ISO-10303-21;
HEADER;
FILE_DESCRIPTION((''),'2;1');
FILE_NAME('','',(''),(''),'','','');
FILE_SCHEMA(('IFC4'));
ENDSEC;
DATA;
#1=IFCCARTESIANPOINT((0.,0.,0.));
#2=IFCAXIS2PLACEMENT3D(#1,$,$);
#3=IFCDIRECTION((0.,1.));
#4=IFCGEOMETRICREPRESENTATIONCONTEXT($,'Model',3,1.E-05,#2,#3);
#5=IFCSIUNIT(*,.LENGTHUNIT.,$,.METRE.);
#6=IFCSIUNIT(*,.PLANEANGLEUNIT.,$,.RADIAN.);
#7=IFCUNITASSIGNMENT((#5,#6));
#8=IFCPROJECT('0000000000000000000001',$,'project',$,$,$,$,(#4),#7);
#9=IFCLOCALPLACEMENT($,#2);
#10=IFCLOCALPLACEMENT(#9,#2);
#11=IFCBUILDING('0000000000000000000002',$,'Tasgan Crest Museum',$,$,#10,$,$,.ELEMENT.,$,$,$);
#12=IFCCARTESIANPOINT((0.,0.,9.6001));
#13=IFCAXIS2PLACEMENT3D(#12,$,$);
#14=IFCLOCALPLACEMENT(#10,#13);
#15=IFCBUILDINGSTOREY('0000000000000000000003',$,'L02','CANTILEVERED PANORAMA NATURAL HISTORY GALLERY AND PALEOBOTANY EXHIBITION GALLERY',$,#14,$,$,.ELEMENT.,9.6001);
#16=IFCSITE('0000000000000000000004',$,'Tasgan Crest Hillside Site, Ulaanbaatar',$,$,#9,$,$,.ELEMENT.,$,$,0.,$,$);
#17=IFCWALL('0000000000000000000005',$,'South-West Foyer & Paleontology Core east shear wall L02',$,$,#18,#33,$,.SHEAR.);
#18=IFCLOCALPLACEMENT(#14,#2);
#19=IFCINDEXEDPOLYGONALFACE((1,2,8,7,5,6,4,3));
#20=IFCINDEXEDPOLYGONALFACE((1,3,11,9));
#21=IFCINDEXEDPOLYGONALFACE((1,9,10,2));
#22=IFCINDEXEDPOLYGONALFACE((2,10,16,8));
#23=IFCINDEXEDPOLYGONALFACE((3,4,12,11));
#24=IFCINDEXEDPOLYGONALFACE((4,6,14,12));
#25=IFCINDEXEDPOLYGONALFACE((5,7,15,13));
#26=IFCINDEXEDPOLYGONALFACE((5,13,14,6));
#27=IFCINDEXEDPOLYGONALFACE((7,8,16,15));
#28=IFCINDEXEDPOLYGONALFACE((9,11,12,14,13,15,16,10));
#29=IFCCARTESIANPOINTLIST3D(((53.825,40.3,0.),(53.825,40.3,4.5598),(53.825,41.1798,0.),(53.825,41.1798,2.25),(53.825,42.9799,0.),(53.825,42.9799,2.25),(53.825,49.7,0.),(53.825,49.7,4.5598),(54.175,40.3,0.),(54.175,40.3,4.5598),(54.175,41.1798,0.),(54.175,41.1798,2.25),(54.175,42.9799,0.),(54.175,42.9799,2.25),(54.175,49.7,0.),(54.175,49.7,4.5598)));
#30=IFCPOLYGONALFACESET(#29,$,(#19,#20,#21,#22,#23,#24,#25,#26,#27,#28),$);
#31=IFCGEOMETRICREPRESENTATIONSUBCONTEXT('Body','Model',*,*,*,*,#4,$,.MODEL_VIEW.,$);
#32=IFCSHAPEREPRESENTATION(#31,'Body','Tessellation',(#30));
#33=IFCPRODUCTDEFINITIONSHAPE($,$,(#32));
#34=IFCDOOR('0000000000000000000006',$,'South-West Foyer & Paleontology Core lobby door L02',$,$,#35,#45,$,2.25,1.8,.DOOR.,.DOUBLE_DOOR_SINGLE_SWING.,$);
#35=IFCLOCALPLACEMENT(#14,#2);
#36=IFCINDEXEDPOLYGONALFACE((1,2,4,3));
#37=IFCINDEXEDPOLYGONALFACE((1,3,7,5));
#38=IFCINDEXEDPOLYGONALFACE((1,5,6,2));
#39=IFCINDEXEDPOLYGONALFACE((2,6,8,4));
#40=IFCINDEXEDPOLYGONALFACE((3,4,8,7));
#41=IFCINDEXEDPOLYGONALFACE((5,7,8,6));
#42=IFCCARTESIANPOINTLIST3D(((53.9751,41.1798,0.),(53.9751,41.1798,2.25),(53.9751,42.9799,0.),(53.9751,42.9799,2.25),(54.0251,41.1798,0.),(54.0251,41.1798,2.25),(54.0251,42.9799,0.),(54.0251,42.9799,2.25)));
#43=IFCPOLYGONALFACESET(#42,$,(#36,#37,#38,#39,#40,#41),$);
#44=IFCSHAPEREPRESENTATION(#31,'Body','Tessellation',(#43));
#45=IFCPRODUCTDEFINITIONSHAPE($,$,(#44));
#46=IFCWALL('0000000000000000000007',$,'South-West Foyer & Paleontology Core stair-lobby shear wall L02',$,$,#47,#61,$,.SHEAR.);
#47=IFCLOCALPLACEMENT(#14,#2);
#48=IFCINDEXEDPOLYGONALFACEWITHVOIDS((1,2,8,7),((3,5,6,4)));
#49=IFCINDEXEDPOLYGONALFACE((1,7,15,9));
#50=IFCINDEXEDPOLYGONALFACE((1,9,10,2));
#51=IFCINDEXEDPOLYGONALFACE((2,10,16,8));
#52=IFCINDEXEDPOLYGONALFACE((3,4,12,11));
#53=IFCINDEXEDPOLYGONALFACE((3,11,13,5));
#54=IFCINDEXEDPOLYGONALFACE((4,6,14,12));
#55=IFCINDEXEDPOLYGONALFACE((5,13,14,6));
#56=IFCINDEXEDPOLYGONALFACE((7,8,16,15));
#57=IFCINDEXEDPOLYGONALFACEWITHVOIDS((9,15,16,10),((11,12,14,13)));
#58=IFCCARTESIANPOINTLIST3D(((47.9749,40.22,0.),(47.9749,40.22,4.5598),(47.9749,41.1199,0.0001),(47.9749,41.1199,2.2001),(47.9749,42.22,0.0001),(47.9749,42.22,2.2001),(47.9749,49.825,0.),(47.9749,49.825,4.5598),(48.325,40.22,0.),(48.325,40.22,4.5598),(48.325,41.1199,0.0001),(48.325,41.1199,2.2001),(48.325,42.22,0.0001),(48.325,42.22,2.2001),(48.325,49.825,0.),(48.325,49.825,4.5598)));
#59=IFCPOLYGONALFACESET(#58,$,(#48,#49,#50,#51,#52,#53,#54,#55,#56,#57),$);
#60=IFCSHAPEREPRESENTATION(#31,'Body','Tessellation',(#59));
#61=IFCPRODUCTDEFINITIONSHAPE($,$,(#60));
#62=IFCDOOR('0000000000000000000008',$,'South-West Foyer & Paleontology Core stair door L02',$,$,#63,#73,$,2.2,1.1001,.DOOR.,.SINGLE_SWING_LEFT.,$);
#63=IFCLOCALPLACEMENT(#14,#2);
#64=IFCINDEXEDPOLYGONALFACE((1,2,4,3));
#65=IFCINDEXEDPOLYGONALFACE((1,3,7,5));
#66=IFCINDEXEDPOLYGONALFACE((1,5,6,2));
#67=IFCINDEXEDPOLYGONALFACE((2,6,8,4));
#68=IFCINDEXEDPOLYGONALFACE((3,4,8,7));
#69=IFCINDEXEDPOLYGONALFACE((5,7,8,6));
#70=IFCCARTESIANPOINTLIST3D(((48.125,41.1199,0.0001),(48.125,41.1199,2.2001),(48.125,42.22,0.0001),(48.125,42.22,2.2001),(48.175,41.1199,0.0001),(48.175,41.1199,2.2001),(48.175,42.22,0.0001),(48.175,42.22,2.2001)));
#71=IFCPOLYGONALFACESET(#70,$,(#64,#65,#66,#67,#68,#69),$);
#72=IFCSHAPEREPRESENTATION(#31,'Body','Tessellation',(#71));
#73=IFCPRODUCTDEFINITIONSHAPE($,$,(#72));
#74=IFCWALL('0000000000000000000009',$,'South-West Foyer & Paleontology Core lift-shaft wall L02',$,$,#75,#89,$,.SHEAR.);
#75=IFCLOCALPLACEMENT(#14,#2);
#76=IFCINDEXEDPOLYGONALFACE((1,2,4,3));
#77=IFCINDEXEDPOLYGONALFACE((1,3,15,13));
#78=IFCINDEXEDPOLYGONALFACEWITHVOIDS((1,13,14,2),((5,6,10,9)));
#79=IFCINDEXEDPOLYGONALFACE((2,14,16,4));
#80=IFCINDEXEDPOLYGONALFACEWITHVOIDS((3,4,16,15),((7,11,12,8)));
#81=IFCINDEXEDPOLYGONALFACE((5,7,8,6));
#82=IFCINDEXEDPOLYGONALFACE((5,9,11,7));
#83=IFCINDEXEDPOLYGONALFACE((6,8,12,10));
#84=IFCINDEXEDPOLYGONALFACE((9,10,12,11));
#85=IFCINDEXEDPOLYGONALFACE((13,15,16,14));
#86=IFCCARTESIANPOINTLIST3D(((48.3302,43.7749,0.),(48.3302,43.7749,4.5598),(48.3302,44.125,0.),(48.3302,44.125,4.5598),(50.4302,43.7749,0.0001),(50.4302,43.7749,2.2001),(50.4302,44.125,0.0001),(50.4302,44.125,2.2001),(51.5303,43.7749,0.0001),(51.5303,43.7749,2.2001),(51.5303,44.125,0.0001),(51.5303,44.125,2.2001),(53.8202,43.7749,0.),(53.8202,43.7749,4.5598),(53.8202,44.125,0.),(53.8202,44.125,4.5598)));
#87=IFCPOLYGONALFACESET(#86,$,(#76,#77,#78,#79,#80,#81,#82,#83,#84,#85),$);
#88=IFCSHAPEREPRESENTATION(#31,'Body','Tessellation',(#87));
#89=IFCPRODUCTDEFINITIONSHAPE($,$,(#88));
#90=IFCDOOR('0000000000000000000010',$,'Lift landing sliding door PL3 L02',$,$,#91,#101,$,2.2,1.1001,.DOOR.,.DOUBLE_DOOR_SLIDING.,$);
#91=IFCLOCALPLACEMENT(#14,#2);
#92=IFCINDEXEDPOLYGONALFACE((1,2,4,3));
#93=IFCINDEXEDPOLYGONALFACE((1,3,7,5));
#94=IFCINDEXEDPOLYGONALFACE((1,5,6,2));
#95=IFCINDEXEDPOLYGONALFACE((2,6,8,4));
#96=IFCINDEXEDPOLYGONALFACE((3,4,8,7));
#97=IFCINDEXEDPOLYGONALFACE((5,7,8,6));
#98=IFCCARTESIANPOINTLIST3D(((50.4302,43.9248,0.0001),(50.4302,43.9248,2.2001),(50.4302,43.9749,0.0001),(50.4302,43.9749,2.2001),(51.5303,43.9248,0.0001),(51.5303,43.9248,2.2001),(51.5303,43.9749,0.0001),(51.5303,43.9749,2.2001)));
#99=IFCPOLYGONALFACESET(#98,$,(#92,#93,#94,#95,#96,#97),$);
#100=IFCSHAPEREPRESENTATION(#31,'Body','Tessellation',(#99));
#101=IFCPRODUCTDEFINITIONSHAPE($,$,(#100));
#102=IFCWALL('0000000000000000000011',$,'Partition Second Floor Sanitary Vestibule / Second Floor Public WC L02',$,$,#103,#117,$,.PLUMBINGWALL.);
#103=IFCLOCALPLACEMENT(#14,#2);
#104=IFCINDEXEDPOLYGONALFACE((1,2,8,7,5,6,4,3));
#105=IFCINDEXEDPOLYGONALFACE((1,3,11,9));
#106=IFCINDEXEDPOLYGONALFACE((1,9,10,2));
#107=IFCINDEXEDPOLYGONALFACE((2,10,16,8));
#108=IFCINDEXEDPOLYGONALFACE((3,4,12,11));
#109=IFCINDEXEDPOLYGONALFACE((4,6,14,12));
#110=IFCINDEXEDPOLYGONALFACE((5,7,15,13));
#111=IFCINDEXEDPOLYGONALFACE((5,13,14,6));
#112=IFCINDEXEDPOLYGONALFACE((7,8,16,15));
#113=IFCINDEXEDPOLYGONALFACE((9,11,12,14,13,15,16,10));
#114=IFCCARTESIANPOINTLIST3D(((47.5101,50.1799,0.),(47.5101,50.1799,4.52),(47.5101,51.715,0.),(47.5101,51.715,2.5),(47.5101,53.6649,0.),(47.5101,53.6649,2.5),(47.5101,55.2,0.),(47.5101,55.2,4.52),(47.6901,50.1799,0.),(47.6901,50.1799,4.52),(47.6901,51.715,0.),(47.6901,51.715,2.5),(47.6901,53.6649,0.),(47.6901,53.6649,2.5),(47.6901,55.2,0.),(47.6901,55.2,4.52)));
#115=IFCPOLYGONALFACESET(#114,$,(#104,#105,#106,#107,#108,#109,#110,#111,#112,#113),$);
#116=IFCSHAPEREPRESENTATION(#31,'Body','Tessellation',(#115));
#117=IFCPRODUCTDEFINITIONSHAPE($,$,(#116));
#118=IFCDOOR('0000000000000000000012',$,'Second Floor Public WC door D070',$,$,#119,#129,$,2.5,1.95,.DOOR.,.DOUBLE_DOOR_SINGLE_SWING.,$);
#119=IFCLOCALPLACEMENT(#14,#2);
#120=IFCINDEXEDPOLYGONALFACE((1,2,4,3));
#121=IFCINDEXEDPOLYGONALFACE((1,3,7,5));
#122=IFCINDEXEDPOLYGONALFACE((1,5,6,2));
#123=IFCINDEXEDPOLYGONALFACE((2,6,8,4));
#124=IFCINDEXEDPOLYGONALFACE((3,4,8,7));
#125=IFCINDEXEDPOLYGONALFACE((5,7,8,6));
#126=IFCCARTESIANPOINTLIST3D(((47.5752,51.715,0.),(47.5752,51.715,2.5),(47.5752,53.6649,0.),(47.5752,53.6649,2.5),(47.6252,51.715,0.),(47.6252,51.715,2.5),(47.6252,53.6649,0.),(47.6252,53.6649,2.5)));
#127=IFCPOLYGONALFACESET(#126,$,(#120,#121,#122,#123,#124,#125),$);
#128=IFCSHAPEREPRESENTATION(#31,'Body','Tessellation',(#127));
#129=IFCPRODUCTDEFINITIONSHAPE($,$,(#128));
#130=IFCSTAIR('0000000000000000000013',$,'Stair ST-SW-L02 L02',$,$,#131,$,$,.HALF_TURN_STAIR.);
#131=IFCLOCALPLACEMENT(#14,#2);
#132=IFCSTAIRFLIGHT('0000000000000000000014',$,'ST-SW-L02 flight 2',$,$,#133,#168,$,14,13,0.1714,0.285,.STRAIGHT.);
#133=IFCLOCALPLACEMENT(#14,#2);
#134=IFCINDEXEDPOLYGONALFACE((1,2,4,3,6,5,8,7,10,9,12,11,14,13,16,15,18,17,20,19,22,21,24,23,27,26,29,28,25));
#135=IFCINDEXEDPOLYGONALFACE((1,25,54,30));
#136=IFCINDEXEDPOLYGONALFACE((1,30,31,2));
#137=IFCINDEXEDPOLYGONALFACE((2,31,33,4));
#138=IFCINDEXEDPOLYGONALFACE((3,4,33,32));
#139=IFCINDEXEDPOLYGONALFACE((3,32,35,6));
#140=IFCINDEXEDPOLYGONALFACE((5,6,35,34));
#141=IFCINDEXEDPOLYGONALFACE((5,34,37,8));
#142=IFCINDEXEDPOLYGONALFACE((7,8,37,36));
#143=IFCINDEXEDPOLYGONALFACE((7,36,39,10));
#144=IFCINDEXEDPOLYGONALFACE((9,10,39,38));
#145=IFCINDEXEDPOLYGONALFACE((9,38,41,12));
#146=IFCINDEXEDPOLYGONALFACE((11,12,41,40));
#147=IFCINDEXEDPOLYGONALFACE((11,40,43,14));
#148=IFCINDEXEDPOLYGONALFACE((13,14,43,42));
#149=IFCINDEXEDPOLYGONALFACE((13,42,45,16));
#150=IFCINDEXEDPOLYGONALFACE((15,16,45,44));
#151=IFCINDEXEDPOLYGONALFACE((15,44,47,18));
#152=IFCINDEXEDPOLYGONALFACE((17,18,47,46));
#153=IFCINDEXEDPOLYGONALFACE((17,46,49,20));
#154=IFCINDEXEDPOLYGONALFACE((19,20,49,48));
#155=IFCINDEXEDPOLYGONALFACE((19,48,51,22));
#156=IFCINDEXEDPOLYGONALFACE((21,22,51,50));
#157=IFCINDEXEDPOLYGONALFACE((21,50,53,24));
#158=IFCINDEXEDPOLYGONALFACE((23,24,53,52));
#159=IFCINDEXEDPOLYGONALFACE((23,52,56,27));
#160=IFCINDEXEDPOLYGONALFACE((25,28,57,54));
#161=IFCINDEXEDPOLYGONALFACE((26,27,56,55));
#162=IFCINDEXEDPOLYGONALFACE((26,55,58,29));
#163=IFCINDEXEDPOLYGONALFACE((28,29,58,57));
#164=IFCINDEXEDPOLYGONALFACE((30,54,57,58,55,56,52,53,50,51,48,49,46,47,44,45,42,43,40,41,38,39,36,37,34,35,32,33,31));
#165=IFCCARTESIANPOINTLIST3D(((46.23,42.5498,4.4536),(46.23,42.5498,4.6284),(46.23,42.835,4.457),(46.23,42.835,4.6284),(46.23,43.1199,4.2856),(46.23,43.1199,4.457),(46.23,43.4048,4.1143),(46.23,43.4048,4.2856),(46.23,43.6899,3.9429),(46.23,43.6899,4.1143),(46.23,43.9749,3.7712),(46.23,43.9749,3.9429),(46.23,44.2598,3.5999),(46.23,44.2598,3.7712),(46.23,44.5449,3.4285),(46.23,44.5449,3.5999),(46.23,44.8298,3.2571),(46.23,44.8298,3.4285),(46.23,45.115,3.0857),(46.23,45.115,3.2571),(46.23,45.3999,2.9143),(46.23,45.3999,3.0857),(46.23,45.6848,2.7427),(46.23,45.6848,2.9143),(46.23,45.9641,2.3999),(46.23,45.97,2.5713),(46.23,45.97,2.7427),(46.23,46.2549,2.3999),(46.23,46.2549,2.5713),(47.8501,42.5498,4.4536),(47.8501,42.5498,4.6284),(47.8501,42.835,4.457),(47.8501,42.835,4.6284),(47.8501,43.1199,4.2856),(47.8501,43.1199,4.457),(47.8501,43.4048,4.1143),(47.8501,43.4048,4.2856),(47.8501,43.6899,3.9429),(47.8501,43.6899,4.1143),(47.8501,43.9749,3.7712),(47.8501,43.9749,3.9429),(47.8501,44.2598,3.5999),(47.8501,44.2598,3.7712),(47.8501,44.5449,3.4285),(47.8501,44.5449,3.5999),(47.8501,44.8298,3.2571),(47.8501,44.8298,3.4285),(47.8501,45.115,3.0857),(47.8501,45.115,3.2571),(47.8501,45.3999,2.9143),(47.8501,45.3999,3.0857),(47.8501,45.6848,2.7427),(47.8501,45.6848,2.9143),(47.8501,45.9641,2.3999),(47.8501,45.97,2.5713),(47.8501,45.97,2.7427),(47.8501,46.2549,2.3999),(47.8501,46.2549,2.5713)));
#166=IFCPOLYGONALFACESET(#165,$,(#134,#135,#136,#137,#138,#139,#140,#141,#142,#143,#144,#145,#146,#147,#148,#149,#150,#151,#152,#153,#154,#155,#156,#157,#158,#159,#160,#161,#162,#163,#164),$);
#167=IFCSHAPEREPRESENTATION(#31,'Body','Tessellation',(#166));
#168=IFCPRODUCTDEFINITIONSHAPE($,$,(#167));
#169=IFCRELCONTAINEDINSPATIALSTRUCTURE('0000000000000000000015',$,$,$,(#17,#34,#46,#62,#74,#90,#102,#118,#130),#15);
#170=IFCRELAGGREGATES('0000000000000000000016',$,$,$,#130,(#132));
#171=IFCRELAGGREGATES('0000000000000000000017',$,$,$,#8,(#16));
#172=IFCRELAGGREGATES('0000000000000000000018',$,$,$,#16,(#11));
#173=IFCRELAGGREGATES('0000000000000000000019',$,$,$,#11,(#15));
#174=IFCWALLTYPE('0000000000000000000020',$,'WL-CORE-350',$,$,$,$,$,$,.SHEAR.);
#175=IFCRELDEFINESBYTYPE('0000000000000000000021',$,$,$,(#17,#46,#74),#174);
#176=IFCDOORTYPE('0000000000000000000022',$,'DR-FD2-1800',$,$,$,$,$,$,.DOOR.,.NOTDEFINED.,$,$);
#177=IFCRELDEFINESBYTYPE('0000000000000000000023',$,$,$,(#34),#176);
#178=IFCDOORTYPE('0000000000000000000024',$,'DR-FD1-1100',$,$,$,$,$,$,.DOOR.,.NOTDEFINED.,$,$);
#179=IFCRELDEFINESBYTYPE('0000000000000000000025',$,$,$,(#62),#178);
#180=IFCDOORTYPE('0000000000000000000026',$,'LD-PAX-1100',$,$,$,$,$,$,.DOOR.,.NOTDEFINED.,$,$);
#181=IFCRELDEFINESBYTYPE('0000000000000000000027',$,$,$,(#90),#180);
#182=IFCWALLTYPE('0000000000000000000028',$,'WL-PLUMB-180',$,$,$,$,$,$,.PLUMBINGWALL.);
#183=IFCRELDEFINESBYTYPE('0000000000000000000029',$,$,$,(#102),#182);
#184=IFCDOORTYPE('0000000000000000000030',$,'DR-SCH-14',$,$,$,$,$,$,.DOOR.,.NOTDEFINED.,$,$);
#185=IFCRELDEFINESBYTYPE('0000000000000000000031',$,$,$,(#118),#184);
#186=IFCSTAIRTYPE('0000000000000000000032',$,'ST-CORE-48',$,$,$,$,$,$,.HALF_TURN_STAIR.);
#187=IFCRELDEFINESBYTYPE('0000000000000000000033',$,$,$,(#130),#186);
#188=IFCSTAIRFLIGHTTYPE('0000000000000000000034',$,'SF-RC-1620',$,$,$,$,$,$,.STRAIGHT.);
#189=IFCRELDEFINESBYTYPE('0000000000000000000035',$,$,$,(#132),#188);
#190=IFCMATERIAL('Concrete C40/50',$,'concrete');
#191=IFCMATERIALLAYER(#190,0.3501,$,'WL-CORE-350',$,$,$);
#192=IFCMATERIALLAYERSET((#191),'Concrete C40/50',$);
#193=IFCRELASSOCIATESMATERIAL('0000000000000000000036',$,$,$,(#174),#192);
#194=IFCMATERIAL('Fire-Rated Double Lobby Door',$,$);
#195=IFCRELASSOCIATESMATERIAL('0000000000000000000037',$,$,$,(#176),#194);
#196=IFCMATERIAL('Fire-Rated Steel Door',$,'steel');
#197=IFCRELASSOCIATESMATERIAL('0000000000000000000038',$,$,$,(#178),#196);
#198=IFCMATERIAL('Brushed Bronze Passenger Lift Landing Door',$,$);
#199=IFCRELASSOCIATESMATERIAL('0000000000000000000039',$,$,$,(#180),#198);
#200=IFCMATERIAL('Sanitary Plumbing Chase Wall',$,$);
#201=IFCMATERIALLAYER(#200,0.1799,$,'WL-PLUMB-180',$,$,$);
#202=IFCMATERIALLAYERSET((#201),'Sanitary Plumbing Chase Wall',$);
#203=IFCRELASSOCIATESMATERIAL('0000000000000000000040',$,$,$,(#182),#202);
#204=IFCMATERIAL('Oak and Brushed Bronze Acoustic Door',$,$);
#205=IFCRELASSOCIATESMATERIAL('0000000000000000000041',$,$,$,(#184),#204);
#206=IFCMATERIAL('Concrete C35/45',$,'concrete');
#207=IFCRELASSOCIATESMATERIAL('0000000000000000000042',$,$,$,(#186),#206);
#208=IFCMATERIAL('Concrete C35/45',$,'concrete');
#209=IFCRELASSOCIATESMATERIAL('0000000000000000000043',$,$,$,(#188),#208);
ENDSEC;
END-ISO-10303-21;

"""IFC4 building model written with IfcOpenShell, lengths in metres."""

from ifc_helpers import new_model, si_unit, direction, frame, frame_2d, origin, place, context, subcontext, project, spatial, polyline, rectangle, outline, extrude, material, layer, layer_set, type_object, element, fill, aggregate, save


model = new_model("IFC4")

# Units and contexts
model_context = context("Model", 3, precision=1e-05, world=origin(), true_north=direction((0.0, 1.0)))
body_context = subcontext(model_context, "Body", "Model", "MODEL_VIEW")
ifc_project = project(units=[si_unit("LENGTHUNIT", "METRE"), si_unit("PLANEANGLEUNIT", "RADIAN")], contexts=[model_context])

# Site, building, storey
site_placement = place(None, origin())
site = spatial("IfcSite", under=ifc_project, at=site_placement, Name="Tasgan Crest Hillside Site, Ulaanbaatar", CompositionType="ELEMENT", RefElevation=0.0)
building_placement = place(site_placement, origin())
building = spatial("IfcBuilding", under=site, at=building_placement, Name="Tasgan Crest Museum", CompositionType="ELEMENT")
storey_placement = place(building_placement, frame((0.0, 0.0, 9.6001)))
storey = spatial("IfcBuildingStorey", under=building, at=storey_placement, Name="L02", Description="CANTILEVERED PANORAMA NATURAL HISTORY GALLERY AND PALEOBOTANY EXHIBITION GALLERY", CompositionType="ELEMENT", Elevation=9.6001)

# Walls, openings, doors
ifc_material_1 = material(Name="Concrete C40/50", Category="concrete")
ifc_layer_1 = layer(ifc_material_1, 0.3501, Name="WL-CORE-350")
ifc_layer_set_1 = layer_set([ifc_layer_1], Name="Concrete C40/50")
wall_type_1 = type_object("IfcWallType", Name="WL-CORE-350", PredefinedType="SHEAR", material=ifc_layer_set_1)
wall_1_placement = place(storey_placement, frame((54.0, 40.3, 0.0), z_axis=(0.0, 0.0, 1.0), x_axis=(0.0, 1.0, 0.0)))
wall_1 = element("IfcWall", 1, at=wall_1_placement, inside=storey, type_object=wall_type_1, Name="South-West Foyer & Paleontology Core east shear wall L02", PredefinedType="SHEAR", context=body_context, shape_type="SweptSolid", body=[
    extrude(rectangle(XDim=9.3999, YDim=0.3501, at=frame_2d((4.7, 0.0))), origin(), (0.0, 0.0, 1.0), 4.5598),
])
opening_1_placement = place(wall_1_placement, frame((0.8799, 0.0, 0.0)))
opening_1 = element("IfcOpeningElement", 2, at=opening_1_placement, cuts=wall_1, PredefinedType="OPENING", context=body_context, shape_type="SweptSolid", body=[
    extrude(rectangle(XDim=1.8, YDim=2.25, at=frame_2d((0.8999, 1.125))), frame((0.0, 0.1851, 0.0), z_axis=(0.0, -1.0, 0.0), x_axis=(1.0, 0.0, 0.0)), (0.0, 0.0, 1.0), 0.3701),
])
ifc_material_2 = material(Name="Fire-Rated Double Lobby Door")
door_type_1 = type_object("IfcDoorType", Name="DR-FD2-1800", OperationType="NOTDEFINED", PredefinedType="DOOR", material=ifc_material_2)
door_1_placement = place(opening_1_placement, origin())
door_1 = element("IfcDoor", 3, at=door_1_placement, inside=storey, type_object=door_type_1, Name="South-West Foyer & Paleontology Core lobby door L02", OperationType="DOUBLE_DOOR_SINGLE_SWING", OverallHeight=2.25, OverallWidth=1.8, PredefinedType="DOOR", context=body_context, shape_type="SweptSolid", body=[
    extrude(rectangle(XDim=1.8, YDim=2.25, at=frame_2d((0.8999, 1.125))), frame((0.0, 0.0249, 0.0), z_axis=(0.0, -1.0, 0.0), x_axis=(1.0, 0.0, 0.0)), (0.0, 0.0, 1.0), 0.05),
])
fill(opening_1, door_1)
wall_2_placement = place(storey_placement, frame((48.1499, 40.22, 0.0), z_axis=(0.0, 0.0, 1.0), x_axis=(0.0, 1.0, 0.0)))
wall_2 = element("IfcWall", 4, at=wall_2_placement, inside=storey, type_object=wall_type_1, Name="South-West Foyer & Paleontology Core stair-lobby shear wall L02", PredefinedType="SHEAR", context=body_context, shape_type="SweptSolid", body=[
    extrude(rectangle(XDim=9.605, YDim=0.3501, at=frame_2d((4.8025, 0.0))), origin(), (0.0, 0.0, 1.0), 4.5598),
])
opening_2_placement = place(wall_2_placement, frame((0.8999, 0.0, 0.0)))
opening_2 = element("IfcOpeningElement", 5, at=opening_2_placement, cuts=wall_2, PredefinedType="OPENING", context=body_context, shape_type="SweptSolid", body=[
    extrude(rectangle(XDim=1.1001, YDim=2.2, at=frame_2d((0.55, 1.1001))), frame((0.0, 0.1851, 0.0), z_axis=(0.0, -1.0, 0.0), x_axis=(1.0, 0.0, 0.0)), (0.0, 0.0, 1.0), 0.3701),
])
ifc_material_3 = material(Name="Fire-Rated Steel Door", Category="steel")
door_type_2 = type_object("IfcDoorType", Name="DR-FD1-1100", OperationType="NOTDEFINED", PredefinedType="DOOR", material=ifc_material_3)
door_2_placement = place(opening_2_placement, origin())
door_2 = element("IfcDoor", 6, at=door_2_placement, inside=storey, type_object=door_type_2, Name="South-West Foyer & Paleontology Core stair door L02", OperationType="SINGLE_SWING_LEFT", OverallHeight=2.2, OverallWidth=1.1001, PredefinedType="DOOR", context=body_context, shape_type="SweptSolid", body=[
    extrude(rectangle(XDim=1.1001, YDim=2.2, at=frame_2d((0.55, 1.1001))), frame((0.0, 0.0249, 0.0), z_axis=(0.0, -1.0, 0.0), x_axis=(1.0, 0.0, 0.0)), (0.0, 0.0, 1.0), 0.05),
])
fill(opening_2, door_2)
wall_3_placement = place(storey_placement, frame((48.3301, 43.95, 0.0), z_axis=(0.0, 0.0, 1.0), x_axis=(1.0, 0.0, 0.0)))
wall_3 = element("IfcWall", 7, at=wall_3_placement, inside=storey, type_object=wall_type_1, Name="South-West Foyer & Paleontology Core lift-shaft wall L02", PredefinedType="SHEAR", context=body_context, shape_type="SweptSolid", body=[
    extrude(rectangle(XDim=5.49, YDim=0.3501, at=frame_2d((2.7451, 0.0))), origin(), (0.0, 0.0, 1.0), 4.5598),
])
opening_3_placement = place(wall_3_placement, frame((2.1001, 0.0, 0.0)))
opening_3 = element("IfcOpeningElement", 8, at=opening_3_placement, cuts=wall_3, PredefinedType="OPENING", context=body_context, shape_type="SweptSolid", body=[
    extrude(rectangle(XDim=1.1001, YDim=2.2, at=frame_2d((0.55, 1.1001))), frame((0.0, 0.1851, 0.0), z_axis=(0.0, -1.0, 0.0), x_axis=(1.0, 0.0, 0.0)), (0.0, 0.0, 1.0), 0.3701),
])
ifc_material_4 = material(Name="Brushed Bronze Passenger Lift Landing Door")
door_type_3 = type_object("IfcDoorType", Name="LD-PAX-1100", OperationType="NOTDEFINED", PredefinedType="DOOR", material=ifc_material_4)
door_3_placement = place(opening_3_placement, origin())
door_3 = element("IfcDoor", 9, at=door_3_placement, inside=storey, type_object=door_type_3, Name="Lift landing sliding door PL3 L02", OperationType="DOUBLE_DOOR_SLIDING", OverallHeight=2.2, OverallWidth=1.1001, PredefinedType="DOOR", context=body_context, shape_type="SweptSolid", body=[
    extrude(rectangle(XDim=1.1001, YDim=2.2, at=frame_2d((0.55, 1.1001))), frame((0.0, 0.0249, 0.0), z_axis=(0.0, -1.0, 0.0), x_axis=(1.0, 0.0, 0.0)), (0.0, 0.0, 1.0), 0.05),
])
fill(opening_3, door_3)
ifc_material_5 = material(Name="Sanitary Plumbing Chase Wall")
ifc_layer_2 = layer(ifc_material_5, 0.1799, Name="WL-PLUMB-180")
ifc_layer_set_2 = layer_set([ifc_layer_2], Name="Sanitary Plumbing Chase Wall")
wall_type_2 = type_object("IfcWallType", Name="WL-PLUMB-180", PredefinedType="PLUMBINGWALL", material=ifc_layer_set_2)
wall_4_placement = place(storey_placement, frame((47.6001, 50.1799, 0.0), z_axis=(0.0, 0.0, 1.0), x_axis=(0.0, 1.0, 0.0)))
wall_4 = element("IfcWall", 10, at=wall_4_placement, inside=storey, type_object=wall_type_2, Name="Partition Second Floor Sanitary Vestibule / Second Floor Public WC L02", PredefinedType="PLUMBINGWALL", context=body_context, shape_type="SweptSolid", body=[
    extrude(rectangle(XDim=5.02, YDim=0.1799, at=frame_2d((2.51, 0.0))), origin(), (0.0, 0.0, 1.0), 4.52),
])
opening_4_placement = place(wall_4_placement, frame((1.5349, 0.0, 0.0)))
opening_4 = element("IfcOpeningElement", 11, at=opening_4_placement, cuts=wall_4, PredefinedType="OPENING", context=body_context, shape_type="SweptSolid", body=[
    extrude(rectangle(XDim=1.95, YDim=2.5, at=frame_2d((0.9751, 1.25))), frame((0.0, 0.0999, 0.0), z_axis=(0.0, -1.0, 0.0), x_axis=(1.0, 0.0, 0.0)), (0.0, 0.0, 1.0), 0.2),
])
ifc_material_6 = material(Name="Oak and Brushed Bronze Acoustic Door")
door_type_4 = type_object("IfcDoorType", Name="DR-SCH-14", OperationType="NOTDEFINED", PredefinedType="DOOR", material=ifc_material_6)
door_4_placement = place(opening_4_placement, origin())
door_4 = element("IfcDoor", 12, at=door_4_placement, inside=storey, type_object=door_type_4, Name="Second Floor Public WC door D070", OperationType="DOUBLE_DOOR_SINGLE_SWING", OverallHeight=2.5, OverallWidth=1.95, PredefinedType="DOOR", context=body_context, shape_type="SweptSolid", body=[
    extrude(rectangle(XDim=1.95, YDim=2.5, at=frame_2d((0.9751, 1.25))), frame((0.0, 0.0249, 0.0), z_axis=(0.0, -1.0, 0.0), x_axis=(1.0, 0.0, 0.0)), (0.0, 0.0, 1.0), 0.05),
])
fill(opening_4, door_4)

# Stair, stair flight
ifc_material_7 = material(Name="Concrete C35/45", Category="concrete")
stair_type = type_object("IfcStairType", Name="ST-CORE-48", PredefinedType="HALF_TURN_STAIR", material=ifc_material_7)
stair_placement = place(storey_placement, origin())
stair = element("IfcStair", 13, at=stair_placement, inside=storey, type_object=stair_type, Name="Stair ST-SW-L02 L02", PredefinedType="HALF_TURN_STAIR")
ifc_material_8 = material(Name="Concrete C35/45", Category="concrete")
stair_flight_type = type_object("IfcStairFlightType", Name="SF-RC-1620", PredefinedType="STRAIGHT", material=ifc_material_8)
stair_flight_placement = place(storey_placement, frame((47.04, 46.2549, 2.3999), z_axis=(0.0, 0.0, 1.0), x_axis=(0.0, -1.0, 0.0)))
stair_flight = element("IfcStairFlight", 14, at=stair_flight_placement, type_object=stair_flight_type, Name="ST-SW-L02 flight 2", NumberOfRisers=14, NumberOfTreads=13, PredefinedType="STRAIGHT", RiserHeight=0.1714, TreadLength=0.285, context=body_context, shape_type="SweptSolid", body=[
    extrude(outline(polyline([(0.0, 0.0), (0.0, 0.1714), (0.2849, 0.1714), (0.2849, 0.3428), (0.5701, 0.3428), (0.5701, 0.5144), (0.855, 0.5144), (0.855, 0.6858), (1.1399, 0.6858), (1.1399, 0.8572), (1.425, 0.8572), (1.425, 1.0286), (1.71, 1.0286), (1.71, 1.2), (1.9951, 1.2), (1.9951, 1.3713), (2.28, 1.3713), (2.28, 1.543), (2.5649, 1.543), (2.5649, 1.7144), (2.8501, 1.7144), (2.8501, 1.8857), (3.135, 1.8857), (3.135, 2.0571), (3.4199, 2.0571), (3.4199, 2.2285), (3.7051, 2.2285), (3.7051, 2.3999), (3.7051, 2.0537), (0.2908, 0.0), (0.0, 0.0)])), frame((0.0, 0.8101, 0.0), z_axis=(0.0, -1.0, 0.0), x_axis=(1.0, 0.0, 0.0)), (0.0, 0.0, 1.0), 1.6201),
])
aggregate(stair, [stair_flight])

save(model, "model.ifc")
